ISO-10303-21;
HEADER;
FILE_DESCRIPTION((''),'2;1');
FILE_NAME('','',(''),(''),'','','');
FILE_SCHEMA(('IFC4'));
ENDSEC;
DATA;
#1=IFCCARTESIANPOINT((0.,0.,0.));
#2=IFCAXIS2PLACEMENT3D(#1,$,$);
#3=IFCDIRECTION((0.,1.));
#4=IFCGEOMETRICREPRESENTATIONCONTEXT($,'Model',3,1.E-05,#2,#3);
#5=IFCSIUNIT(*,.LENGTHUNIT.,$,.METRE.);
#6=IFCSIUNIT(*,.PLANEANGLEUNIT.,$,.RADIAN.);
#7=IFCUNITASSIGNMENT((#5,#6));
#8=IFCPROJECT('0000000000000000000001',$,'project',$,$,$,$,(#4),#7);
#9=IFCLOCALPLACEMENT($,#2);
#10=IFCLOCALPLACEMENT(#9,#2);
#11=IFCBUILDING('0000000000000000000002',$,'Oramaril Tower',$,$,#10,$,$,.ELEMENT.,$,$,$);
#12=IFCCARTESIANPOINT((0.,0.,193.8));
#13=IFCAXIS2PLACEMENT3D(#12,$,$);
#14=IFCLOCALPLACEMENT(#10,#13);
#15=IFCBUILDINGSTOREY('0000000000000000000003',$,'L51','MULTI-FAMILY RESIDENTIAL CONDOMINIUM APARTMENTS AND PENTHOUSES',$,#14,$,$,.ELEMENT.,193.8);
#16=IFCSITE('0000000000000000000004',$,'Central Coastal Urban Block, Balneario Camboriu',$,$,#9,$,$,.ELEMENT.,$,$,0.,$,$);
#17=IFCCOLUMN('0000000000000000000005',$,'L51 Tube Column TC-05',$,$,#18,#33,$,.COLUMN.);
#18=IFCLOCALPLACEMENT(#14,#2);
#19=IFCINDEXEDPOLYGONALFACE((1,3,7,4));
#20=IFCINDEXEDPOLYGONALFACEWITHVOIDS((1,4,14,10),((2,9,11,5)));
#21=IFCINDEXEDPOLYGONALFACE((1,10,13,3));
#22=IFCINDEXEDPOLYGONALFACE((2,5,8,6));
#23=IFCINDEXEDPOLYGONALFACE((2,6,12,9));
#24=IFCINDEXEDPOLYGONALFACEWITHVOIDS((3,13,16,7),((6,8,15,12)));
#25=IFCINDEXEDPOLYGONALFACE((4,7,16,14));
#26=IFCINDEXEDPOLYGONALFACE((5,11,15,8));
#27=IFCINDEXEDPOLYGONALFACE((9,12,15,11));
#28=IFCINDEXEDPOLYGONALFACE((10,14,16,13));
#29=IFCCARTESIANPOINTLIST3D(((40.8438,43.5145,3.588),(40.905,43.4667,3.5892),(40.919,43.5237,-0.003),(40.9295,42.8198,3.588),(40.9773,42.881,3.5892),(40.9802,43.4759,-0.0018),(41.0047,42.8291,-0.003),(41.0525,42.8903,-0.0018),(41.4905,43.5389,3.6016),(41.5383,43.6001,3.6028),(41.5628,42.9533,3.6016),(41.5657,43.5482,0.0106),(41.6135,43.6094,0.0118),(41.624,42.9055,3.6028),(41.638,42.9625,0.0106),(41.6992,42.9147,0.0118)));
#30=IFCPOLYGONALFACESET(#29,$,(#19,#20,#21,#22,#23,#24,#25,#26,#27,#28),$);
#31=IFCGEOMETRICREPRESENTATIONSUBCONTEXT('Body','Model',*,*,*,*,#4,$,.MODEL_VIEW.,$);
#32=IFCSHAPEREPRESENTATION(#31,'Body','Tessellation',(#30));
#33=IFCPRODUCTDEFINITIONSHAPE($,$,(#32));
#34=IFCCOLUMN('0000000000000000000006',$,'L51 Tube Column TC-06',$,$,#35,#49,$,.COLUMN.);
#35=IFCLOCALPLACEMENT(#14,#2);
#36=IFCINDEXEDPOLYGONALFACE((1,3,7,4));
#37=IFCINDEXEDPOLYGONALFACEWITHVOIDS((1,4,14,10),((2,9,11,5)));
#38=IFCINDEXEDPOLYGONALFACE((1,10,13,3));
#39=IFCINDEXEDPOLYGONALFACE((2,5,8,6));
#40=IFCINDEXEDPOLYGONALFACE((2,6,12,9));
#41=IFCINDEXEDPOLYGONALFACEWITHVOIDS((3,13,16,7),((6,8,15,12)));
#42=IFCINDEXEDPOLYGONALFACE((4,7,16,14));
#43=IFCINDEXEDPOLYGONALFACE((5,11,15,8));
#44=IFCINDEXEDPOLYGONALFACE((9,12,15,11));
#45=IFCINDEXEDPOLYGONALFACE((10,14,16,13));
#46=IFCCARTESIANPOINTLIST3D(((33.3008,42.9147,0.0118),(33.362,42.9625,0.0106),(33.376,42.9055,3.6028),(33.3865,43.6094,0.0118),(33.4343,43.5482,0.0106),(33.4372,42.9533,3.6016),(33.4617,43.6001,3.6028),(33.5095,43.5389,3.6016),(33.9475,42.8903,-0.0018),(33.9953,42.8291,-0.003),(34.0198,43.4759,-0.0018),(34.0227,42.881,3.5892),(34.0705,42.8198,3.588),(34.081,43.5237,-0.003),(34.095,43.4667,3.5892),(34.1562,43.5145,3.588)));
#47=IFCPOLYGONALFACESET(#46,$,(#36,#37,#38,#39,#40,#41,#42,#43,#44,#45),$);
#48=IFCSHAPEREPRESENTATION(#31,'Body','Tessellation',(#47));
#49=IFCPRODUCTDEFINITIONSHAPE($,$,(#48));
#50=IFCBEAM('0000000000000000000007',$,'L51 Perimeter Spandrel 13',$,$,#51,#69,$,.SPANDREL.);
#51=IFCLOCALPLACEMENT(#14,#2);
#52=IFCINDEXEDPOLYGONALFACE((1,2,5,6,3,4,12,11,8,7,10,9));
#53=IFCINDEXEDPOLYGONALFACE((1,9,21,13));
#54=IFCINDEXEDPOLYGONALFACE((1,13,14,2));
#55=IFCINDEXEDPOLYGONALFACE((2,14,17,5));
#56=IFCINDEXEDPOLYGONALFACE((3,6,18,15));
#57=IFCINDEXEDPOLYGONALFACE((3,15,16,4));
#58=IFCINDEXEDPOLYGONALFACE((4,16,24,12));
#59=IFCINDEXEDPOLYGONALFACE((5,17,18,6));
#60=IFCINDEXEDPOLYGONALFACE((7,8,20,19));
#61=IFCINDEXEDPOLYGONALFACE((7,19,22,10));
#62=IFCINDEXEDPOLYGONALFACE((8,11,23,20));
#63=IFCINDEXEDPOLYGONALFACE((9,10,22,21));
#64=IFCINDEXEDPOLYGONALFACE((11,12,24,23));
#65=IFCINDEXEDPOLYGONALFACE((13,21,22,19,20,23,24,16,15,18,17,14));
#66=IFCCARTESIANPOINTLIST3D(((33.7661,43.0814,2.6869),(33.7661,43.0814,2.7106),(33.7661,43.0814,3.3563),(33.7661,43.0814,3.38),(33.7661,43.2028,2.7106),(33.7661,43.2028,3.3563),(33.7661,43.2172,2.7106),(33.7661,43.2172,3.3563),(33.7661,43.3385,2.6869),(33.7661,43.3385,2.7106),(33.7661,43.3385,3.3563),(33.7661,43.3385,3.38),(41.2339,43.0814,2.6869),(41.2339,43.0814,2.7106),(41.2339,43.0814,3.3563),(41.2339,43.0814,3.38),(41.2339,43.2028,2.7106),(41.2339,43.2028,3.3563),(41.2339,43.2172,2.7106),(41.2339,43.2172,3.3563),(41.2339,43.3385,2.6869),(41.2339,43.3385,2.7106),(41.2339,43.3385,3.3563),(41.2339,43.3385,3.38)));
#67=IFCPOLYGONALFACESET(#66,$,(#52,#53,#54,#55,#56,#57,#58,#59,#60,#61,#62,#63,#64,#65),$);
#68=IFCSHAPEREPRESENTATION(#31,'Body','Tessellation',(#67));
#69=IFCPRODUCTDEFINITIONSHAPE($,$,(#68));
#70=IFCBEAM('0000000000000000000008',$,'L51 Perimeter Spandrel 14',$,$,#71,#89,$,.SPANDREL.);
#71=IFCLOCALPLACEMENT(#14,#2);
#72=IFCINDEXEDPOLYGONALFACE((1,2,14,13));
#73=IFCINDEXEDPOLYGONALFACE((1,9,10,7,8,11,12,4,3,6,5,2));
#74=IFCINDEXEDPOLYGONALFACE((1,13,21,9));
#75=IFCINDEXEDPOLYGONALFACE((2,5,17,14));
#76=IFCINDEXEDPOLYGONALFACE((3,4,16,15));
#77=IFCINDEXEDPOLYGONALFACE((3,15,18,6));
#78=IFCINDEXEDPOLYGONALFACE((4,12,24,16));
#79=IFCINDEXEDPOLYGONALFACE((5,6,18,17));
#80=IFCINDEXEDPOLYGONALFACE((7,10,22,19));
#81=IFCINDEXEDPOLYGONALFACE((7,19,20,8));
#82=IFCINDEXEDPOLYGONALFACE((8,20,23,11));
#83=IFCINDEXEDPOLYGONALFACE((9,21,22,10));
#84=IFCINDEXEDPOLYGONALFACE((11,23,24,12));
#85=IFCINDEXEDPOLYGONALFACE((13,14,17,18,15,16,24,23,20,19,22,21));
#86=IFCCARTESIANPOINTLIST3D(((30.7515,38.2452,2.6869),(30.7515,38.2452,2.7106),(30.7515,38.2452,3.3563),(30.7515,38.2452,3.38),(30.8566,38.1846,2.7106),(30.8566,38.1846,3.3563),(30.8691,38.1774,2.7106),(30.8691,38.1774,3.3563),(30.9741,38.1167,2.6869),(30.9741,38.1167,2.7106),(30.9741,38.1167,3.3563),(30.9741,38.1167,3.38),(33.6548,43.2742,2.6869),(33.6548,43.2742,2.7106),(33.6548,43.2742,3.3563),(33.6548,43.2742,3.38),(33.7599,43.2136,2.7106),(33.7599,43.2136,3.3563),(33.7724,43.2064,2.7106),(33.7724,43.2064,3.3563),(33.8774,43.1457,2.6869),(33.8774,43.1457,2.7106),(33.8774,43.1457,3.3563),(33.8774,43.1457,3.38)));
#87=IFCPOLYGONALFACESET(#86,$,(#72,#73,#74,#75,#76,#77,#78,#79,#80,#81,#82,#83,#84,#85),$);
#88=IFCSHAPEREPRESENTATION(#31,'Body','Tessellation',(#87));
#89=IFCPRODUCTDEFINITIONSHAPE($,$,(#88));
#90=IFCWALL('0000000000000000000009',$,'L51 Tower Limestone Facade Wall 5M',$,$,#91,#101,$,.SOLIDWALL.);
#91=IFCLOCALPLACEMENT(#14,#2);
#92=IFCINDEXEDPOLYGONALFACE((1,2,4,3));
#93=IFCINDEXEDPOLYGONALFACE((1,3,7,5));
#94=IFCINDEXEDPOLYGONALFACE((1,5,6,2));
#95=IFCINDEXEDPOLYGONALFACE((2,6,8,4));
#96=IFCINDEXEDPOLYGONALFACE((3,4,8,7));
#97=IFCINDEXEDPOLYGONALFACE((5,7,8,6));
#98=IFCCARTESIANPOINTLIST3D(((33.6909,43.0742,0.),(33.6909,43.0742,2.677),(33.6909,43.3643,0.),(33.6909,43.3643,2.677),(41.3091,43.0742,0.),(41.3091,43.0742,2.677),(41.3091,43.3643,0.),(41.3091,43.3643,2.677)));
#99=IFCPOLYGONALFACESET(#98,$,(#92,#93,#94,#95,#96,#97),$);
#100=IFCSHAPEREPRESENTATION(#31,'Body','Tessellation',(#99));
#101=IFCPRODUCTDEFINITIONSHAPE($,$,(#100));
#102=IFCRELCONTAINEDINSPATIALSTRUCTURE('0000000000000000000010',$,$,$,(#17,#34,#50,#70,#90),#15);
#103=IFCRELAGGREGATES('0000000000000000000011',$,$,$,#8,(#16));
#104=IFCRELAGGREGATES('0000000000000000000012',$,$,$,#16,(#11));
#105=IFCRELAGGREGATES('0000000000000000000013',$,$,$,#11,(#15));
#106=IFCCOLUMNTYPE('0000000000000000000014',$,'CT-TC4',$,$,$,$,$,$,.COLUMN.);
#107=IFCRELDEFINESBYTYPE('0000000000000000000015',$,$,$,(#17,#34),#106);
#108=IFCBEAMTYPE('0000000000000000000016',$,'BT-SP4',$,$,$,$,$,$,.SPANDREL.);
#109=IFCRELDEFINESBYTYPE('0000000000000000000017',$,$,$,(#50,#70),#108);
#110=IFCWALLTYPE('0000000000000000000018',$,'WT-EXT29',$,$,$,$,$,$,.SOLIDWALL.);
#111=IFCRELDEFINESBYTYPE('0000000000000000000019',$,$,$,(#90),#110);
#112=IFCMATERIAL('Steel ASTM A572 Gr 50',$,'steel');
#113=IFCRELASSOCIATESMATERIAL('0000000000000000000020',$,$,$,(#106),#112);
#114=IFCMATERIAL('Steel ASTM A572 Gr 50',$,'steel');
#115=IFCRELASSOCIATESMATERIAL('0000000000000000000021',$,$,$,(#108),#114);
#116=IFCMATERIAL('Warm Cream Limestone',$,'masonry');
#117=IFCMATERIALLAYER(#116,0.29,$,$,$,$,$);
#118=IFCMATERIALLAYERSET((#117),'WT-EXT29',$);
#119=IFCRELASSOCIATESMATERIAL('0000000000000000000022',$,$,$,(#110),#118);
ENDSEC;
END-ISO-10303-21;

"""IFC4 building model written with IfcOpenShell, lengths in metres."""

from ifc_helpers import new_model, si_unit, direction, frame, frame_2d, origin, origin_2d, place, context, subcontext, project, spatial, rectangle, hollow_rectangle, i_section, extrude, material, layer, layer_set, material_profile, profile_set, type_object, element, save


model = new_model("IFC4")

# Units and contexts
model_context = context("Model", 3, precision=1e-05, world=origin(), true_north=direction((0.0, 1.0)))
body_context = subcontext(model_context, "Body", "Model", "MODEL_VIEW")
ifc_project = project(units=[si_unit("LENGTHUNIT", "METRE"), si_unit("PLANEANGLEUNIT", "RADIAN")], contexts=[model_context])

# Site, building, storey
site_placement = place(None, origin())
site = spatial("IfcSite", under=ifc_project, at=site_placement, Name="Central Coastal Urban Block, Balneario Camboriu", CompositionType="ELEMENT", RefElevation=0.0)
building_placement = place(site_placement, origin())
building = spatial("IfcBuilding", under=site, at=building_placement, Name="Oramaril Tower", CompositionType="ELEMENT")
storey_placement = place(building_placement, frame((0.0, 0.0, 193.8)))
storey = spatial("IfcBuildingStorey", under=building, at=storey_placement, Name="L51", Description="MULTI-FAMILY RESIDENTIAL CONDOMINIUM APARTMENTS AND PENTHOUSES", CompositionType="ELEMENT", Elevation=193.8)

# Columns
ifc_material_1 = material(Name="Steel ASTM A572 Gr 50", Category="steel")
ifc_material_profile_1 = material_profile(ifc_material_1, hollow_rectangle(XDim=0.7, YDim=0.7, WallThickness=0.0549, at=origin_2d()), Name="BOX700X700X55")
ifc_profile_set_1 = profile_set([ifc_material_profile_1], Name="Steel ASTM A572 Gr 50")
column_type = type_object("IfcColumnType", Name="CT-TC4", PredefinedType="COLUMN", material=ifc_profile_set_1)
for number, where, z_axis, x_axis, name in (
    (1, (41.3091, 43.2192, 0.0044), (-0.020935, -0.002583, 0.999778), (0.122448, -0.992475, 0.0), "L51 Tube Column TC-05"),
    (2, (33.6909, 43.2192, 0.0044), (0.020935, -0.002583, 0.999778), (0.122448, 0.992475, 0.0), "L51 Tube Column TC-06"),
):
    element("IfcColumn", number, at=place(storey_placement, frame(where, z_axis=z_axis, x_axis=x_axis)), inside=storey, type_object=column_type, Name=name, PredefinedType="COLUMN", context=body_context, shape_type="SweptSolid", body=[
        extrude(hollow_rectangle(XDim=0.7, YDim=0.7, WallThickness=0.0549, at=origin_2d()), origin(), (0.0, 0.0, 1.0), 3.5918),
    ])

# Beams
ifc_material_2 = material(Name="Steel ASTM A572 Gr 50", Category="steel")
ifc_material_profile_2 = material_profile(ifc_material_2, i_section(OverallWidth=0.2571, OverallDepth=0.6931, WebThickness=0.0144, FlangeThickness=0.0237, at=origin_2d()), Name="W27X114")
ifc_profile_set_2 = profile_set([ifc_material_profile_2], Name="Steel ASTM A572 Gr 50")
beam_type = type_object("IfcBeamType", Name="BT-SP4", PredefinedType="SPANDREL", material=ifc_profile_set_2)
beam_1_placement = place(storey_placement, frame((41.2339, 43.21, 3.0334), z_axis=(-1.0, 0.0, 0.0), x_axis=(0.0, -1.0, 0.0)))
element("IfcBeam", 3, at=beam_1_placement, inside=storey, type_object=beam_type, Name="L51 Perimeter Spandrel 13", PredefinedType="SPANDREL", context=body_context, shape_type="SweptSolid", body=[
    extrude(i_section(OverallWidth=0.2571, OverallDepth=0.6931, WebThickness=0.0144, FlangeThickness=0.0237, at=origin_2d()), origin(), (0.0, 0.0, 1.0), 7.4678),
])
beam_2_placement = place(storey_placement, frame((33.7661, 43.21, 3.0334), z_axis=(-0.499974, -0.866041, 0.0), x_axis=(0.866041, -0.499974, 0.0)))
element("IfcBeam", 4, at=beam_2_placement, inside=storey, type_object=beam_type, Name="L51 Perimeter Spandrel 14", PredefinedType="SPANDREL", context=body_context, shape_type="SweptSolid", body=[
    extrude(i_section(OverallWidth=0.2571, OverallDepth=0.6931, WebThickness=0.0144, FlangeThickness=0.0237, at=origin_2d()), origin(), (0.0, 0.0, 1.0), 5.8069),
])

# Wall
ifc_material_3 = material(Name="Warm Cream Limestone", Category="masonry")
ifc_layer_1 = layer(ifc_material_3, 0.29)
ifc_layer_set_1 = layer_set([ifc_layer_1], Name="WT-EXT29")
wall_type_1 = type_object("IfcWallType", Name="WT-EXT29", PredefinedType="SOLIDWALL", material=ifc_layer_set_1)
wall_1_placement = place(storey_placement, frame((41.3091, 43.2192, 0.0), z_axis=(0.0, 0.0, 1.0), x_axis=(-1.0, 0.0, 0.0)))
element("IfcWall", 5, at=wall_1_placement, inside=storey, type_object=wall_type_1, Name="L51 Tower Limestone Facade Wall 5M", PredefinedType="SOLIDWALL", context=body_context, shape_type="SweptSolid", body=[
    extrude(rectangle(XDim=7.6182, YDim=0.29, at=frame_2d((3.8091, 0.0))), origin(), (0.0, 0.0, 1.0), 2.677),
])

save(model, "model.ifc")
